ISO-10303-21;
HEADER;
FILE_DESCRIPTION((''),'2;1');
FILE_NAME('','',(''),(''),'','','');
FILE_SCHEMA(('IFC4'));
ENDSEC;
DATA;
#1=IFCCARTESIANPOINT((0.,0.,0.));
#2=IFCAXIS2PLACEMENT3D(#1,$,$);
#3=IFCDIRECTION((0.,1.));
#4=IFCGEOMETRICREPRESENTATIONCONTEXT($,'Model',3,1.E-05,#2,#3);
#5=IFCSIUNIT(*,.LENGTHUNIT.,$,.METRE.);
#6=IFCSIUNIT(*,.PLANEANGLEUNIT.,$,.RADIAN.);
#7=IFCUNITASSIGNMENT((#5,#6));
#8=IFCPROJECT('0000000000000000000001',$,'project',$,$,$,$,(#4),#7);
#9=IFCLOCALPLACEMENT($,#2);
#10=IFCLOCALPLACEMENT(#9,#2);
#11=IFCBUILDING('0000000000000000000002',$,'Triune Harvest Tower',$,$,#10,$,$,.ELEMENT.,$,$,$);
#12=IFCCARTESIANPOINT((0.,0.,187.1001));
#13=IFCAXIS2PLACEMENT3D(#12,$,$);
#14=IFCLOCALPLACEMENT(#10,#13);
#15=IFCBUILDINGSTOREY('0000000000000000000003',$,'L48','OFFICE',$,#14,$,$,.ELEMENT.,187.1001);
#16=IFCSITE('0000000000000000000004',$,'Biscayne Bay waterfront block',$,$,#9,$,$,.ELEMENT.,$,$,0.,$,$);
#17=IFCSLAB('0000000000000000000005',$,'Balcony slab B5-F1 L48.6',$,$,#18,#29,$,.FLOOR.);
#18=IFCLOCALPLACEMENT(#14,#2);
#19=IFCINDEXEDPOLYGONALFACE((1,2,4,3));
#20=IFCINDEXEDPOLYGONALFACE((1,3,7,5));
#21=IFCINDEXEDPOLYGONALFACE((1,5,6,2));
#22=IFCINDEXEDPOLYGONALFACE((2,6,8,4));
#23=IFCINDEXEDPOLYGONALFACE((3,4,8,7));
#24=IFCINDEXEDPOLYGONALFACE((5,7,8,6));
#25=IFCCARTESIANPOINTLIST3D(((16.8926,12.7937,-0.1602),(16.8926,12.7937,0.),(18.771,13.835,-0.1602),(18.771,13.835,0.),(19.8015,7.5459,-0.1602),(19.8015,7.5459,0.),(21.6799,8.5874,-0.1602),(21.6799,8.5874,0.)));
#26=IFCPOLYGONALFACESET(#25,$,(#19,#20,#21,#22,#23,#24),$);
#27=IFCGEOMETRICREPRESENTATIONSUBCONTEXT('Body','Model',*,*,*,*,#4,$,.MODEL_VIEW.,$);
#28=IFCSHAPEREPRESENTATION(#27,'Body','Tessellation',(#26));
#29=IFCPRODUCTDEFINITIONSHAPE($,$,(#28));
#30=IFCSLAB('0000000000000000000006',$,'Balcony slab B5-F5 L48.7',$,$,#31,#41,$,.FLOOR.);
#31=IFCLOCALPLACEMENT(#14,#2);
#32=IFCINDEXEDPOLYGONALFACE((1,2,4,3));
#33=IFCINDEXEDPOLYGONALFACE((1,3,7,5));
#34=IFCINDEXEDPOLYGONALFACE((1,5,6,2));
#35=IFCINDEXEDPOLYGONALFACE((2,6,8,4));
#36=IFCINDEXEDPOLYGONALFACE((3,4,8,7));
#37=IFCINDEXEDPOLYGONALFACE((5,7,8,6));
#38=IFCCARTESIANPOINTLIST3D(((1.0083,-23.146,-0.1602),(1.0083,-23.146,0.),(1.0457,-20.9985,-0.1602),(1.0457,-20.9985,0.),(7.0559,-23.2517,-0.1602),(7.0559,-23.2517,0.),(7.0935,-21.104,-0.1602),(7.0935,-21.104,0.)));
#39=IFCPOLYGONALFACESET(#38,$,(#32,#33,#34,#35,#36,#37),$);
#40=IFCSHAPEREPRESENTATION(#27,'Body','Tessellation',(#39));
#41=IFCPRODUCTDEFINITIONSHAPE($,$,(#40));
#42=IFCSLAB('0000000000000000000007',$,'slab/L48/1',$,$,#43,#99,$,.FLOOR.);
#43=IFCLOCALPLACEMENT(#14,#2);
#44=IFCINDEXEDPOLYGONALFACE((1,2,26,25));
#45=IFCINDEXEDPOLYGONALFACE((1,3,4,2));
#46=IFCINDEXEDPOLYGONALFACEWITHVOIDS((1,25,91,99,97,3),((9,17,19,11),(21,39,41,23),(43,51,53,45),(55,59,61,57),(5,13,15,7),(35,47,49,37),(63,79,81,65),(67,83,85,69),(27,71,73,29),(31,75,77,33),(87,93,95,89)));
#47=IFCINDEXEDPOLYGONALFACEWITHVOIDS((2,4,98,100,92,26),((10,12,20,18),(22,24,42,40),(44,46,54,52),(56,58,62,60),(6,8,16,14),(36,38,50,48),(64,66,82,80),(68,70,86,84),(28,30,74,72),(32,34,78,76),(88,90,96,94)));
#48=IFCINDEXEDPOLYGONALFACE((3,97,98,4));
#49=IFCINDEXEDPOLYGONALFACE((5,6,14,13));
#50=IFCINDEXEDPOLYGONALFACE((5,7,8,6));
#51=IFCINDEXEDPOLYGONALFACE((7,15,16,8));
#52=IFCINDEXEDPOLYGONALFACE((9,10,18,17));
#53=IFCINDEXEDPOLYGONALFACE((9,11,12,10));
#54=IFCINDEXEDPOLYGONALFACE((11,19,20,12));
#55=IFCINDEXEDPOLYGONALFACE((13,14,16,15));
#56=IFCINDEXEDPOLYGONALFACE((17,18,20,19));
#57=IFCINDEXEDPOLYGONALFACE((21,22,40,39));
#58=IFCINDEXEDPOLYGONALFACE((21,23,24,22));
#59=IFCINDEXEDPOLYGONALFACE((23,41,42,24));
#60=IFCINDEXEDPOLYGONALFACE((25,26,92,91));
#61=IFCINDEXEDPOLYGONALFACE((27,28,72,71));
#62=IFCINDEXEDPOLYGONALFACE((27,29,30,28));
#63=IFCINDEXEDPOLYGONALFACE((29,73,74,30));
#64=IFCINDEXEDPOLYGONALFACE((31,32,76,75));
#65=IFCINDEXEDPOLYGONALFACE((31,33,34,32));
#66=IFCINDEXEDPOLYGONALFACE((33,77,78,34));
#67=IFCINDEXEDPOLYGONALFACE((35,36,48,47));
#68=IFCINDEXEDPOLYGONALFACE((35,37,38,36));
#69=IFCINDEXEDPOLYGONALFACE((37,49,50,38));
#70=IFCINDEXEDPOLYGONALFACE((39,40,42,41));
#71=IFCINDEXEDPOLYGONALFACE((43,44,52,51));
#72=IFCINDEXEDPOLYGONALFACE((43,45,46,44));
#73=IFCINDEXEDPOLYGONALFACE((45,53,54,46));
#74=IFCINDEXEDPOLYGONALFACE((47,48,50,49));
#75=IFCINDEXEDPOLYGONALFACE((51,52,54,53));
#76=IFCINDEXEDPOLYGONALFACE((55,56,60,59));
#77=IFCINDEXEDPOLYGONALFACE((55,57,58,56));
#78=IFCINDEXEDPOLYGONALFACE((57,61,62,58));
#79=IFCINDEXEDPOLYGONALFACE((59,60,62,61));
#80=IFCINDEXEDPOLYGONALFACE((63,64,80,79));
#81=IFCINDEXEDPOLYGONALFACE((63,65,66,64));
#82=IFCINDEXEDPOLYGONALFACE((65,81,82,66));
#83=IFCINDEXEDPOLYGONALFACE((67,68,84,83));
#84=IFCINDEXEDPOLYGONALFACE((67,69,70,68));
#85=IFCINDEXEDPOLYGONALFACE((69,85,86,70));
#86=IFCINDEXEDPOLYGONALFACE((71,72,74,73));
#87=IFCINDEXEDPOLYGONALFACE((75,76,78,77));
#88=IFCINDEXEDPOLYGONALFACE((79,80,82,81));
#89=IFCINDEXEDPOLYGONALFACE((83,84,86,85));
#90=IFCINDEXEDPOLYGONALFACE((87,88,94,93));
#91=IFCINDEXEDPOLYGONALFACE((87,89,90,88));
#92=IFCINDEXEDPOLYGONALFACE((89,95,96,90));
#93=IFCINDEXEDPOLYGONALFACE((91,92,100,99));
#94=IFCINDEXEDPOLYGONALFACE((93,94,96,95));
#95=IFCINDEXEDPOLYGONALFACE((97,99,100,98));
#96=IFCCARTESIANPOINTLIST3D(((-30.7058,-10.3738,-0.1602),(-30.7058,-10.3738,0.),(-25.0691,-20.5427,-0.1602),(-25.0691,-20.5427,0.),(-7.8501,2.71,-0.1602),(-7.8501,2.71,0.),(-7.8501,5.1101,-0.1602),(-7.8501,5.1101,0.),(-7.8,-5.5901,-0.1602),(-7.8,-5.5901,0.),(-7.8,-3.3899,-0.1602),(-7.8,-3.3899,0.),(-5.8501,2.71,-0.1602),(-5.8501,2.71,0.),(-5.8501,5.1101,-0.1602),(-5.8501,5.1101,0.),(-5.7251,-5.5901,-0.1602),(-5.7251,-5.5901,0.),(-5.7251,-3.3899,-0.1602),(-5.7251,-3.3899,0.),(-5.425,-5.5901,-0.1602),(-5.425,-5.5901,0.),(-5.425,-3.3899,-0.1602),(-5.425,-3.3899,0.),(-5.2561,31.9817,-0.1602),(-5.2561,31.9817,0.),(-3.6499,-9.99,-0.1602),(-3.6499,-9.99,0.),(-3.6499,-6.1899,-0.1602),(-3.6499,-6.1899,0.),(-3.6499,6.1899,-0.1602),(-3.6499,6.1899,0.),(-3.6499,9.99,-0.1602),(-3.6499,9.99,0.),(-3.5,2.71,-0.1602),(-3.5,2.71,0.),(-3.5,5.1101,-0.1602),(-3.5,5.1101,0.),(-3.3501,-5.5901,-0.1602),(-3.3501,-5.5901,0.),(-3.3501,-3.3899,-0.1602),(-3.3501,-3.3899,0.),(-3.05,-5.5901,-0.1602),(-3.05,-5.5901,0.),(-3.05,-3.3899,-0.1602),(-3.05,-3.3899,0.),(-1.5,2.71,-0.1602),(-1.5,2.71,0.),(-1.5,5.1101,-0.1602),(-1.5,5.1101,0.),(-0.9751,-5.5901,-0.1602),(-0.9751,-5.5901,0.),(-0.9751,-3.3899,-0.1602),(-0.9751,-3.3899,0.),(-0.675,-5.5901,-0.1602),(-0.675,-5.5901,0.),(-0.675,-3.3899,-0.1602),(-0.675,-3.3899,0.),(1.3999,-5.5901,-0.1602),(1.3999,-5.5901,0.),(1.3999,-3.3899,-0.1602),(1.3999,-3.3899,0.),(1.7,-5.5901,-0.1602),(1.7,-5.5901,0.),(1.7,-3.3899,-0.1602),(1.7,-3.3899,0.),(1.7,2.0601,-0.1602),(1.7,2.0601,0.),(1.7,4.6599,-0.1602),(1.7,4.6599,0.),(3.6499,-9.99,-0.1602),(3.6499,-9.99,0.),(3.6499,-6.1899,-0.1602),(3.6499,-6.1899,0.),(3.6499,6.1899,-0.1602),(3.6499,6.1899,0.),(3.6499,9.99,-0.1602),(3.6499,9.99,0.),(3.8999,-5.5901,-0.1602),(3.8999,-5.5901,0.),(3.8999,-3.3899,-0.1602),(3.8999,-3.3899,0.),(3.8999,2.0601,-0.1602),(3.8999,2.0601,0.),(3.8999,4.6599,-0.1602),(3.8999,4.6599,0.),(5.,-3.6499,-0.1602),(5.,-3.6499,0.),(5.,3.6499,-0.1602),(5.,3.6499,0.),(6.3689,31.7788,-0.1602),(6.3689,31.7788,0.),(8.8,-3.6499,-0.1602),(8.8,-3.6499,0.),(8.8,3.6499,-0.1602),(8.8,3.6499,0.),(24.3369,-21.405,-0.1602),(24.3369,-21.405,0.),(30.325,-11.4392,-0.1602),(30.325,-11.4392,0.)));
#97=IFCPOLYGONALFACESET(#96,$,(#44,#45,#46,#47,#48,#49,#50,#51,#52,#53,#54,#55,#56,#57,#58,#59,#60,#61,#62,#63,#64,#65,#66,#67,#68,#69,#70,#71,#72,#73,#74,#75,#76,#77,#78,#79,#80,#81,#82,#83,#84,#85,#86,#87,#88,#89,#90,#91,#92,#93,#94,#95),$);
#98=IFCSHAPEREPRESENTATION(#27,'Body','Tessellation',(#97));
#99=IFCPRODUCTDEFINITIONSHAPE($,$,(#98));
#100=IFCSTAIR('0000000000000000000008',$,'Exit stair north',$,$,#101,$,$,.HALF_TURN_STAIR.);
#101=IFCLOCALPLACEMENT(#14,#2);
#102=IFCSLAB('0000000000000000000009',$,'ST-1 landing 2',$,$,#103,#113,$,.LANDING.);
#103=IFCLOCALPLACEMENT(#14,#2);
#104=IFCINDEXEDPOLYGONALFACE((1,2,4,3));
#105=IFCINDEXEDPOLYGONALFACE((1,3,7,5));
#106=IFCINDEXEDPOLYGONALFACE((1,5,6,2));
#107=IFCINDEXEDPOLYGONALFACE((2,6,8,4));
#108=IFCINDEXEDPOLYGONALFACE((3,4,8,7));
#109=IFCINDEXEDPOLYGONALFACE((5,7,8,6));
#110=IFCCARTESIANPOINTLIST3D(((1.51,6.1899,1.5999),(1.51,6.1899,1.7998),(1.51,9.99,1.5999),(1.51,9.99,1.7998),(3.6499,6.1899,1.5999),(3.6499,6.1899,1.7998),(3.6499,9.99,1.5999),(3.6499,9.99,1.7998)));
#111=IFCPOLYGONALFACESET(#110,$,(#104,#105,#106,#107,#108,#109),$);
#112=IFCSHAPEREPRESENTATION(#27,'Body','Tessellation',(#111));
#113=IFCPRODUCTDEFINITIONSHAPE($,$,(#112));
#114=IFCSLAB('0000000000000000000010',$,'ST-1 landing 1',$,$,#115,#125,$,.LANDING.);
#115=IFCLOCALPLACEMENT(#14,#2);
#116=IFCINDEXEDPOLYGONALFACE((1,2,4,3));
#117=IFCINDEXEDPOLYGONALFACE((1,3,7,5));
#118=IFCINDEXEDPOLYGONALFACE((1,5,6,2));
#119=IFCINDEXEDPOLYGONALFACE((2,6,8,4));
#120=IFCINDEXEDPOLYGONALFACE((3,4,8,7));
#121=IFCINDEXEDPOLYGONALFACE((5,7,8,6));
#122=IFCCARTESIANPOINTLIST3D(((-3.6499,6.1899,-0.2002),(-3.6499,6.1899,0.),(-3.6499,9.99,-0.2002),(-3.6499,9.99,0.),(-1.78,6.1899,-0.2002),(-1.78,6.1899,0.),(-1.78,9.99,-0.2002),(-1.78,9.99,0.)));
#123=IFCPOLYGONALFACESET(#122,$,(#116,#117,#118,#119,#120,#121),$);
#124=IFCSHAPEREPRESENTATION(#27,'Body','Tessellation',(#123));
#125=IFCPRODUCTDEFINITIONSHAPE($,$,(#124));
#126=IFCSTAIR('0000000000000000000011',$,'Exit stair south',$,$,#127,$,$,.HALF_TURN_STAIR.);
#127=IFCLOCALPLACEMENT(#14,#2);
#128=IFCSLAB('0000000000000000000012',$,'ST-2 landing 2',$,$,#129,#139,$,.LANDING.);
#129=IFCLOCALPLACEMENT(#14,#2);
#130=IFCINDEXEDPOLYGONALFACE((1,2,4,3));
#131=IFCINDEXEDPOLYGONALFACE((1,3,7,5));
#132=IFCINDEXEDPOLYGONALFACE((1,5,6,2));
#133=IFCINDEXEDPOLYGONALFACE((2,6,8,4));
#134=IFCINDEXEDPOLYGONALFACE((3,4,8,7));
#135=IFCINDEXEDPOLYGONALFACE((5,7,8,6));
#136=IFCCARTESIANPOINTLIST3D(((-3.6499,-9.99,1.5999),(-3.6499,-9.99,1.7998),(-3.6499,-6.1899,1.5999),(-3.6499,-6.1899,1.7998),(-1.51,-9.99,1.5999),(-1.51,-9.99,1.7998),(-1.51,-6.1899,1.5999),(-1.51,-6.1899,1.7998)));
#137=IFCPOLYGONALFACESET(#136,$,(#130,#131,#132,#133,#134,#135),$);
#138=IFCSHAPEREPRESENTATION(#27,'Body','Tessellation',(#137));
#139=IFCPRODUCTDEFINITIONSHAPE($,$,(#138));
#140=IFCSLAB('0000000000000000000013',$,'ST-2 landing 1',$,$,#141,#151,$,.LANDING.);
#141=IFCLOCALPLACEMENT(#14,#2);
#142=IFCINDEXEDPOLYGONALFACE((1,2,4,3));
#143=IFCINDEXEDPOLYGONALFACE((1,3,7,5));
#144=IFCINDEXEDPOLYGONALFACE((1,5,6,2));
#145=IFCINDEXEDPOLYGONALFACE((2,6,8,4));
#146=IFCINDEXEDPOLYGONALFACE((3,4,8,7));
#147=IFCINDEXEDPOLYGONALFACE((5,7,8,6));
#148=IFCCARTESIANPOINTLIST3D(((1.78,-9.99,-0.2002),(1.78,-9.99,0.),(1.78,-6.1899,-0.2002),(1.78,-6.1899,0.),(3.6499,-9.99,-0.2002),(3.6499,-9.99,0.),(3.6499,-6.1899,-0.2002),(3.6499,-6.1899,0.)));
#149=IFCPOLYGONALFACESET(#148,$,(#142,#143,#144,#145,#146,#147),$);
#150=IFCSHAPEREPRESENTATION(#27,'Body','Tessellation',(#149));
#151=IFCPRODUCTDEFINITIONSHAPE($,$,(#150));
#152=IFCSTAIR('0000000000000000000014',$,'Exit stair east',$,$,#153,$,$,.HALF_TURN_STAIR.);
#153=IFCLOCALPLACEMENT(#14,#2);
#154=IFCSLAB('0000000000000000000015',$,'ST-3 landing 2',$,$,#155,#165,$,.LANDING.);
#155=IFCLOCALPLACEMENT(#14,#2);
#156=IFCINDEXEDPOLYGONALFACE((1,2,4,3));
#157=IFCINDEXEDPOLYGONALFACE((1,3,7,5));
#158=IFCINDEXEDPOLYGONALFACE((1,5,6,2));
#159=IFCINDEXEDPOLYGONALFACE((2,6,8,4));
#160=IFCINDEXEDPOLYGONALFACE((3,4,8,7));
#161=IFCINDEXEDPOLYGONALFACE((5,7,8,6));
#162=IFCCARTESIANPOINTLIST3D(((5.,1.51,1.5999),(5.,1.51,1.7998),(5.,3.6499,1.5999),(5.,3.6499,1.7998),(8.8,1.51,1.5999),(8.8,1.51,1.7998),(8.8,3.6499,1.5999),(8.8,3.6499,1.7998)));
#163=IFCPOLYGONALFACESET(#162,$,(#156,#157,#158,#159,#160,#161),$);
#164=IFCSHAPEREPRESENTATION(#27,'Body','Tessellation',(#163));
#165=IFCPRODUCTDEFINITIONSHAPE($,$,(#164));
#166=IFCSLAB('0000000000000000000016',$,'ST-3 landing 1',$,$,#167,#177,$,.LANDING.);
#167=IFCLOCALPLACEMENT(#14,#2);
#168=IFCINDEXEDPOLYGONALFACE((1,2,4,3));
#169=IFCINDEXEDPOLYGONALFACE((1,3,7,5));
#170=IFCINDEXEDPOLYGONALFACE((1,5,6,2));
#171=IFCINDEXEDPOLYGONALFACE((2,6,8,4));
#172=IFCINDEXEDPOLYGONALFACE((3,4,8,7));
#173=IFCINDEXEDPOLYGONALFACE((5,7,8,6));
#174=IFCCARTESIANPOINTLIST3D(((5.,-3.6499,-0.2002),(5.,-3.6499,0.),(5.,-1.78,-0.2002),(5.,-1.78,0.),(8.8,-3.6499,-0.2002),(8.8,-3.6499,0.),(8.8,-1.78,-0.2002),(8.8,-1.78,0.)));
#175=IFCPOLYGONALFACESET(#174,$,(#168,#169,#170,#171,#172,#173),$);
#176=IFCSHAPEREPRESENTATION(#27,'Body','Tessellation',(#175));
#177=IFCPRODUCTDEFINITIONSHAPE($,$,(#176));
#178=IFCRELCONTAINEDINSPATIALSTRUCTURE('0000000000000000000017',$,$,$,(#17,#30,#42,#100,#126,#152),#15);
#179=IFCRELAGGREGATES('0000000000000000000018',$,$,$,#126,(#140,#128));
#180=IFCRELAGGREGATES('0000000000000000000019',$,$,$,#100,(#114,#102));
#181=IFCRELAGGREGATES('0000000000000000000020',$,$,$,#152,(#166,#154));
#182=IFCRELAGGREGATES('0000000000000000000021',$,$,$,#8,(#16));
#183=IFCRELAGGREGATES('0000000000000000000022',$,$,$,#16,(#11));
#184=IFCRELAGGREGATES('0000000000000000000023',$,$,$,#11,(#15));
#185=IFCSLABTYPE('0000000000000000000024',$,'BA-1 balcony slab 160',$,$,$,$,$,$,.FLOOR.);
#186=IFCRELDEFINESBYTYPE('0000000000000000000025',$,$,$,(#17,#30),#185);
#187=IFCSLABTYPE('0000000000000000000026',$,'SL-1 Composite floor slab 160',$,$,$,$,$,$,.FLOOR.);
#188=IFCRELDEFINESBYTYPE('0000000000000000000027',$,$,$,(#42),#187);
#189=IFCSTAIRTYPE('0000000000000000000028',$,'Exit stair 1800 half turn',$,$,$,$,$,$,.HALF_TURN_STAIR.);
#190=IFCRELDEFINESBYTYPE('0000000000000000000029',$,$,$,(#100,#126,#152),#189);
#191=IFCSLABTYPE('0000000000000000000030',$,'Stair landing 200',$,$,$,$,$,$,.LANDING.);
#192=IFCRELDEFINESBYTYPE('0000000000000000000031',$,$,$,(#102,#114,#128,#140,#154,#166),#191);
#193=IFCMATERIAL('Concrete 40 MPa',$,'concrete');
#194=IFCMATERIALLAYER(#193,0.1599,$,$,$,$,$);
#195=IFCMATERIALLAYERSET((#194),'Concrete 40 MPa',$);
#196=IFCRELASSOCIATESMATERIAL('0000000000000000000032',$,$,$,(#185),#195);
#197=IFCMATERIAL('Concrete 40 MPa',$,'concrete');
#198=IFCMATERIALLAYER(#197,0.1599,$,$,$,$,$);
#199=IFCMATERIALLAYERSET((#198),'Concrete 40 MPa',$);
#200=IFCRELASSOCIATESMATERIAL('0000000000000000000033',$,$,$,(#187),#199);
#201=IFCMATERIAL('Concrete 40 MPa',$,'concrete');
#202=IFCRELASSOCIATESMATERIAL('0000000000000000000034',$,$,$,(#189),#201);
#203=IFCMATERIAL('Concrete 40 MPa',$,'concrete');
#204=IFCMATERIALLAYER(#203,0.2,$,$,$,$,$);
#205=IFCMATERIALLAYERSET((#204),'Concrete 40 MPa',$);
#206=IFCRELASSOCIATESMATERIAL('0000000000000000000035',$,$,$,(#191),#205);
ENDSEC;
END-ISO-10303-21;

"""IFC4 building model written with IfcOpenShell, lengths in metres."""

from ifc_helpers import new_model, si_unit, direction, frame, origin, place, context, subcontext, project, spatial, polyline, outline, extrude, source, transform, mapped, material, layer, layer_set, type_object, element, aggregate, save


model = new_model("IFC4")

# Units and contexts
model_context = context("Model", 3, precision=1e-05, world=origin(), true_north=direction((0.0, 1.0)))
body_context = subcontext(model_context, "Body", "Model", "MODEL_VIEW")
ifc_project = project(units=[si_unit("LENGTHUNIT", "METRE"), si_unit("PLANEANGLEUNIT", "RADIAN")], contexts=[model_context])

# Site, building, storey
site_placement = place(None, origin())
site = spatial("IfcSite", under=ifc_project, at=site_placement, Name="Biscayne Bay waterfront block", CompositionType="ELEMENT", RefElevation=0.0)
building_placement = place(site_placement, origin())
building = spatial("IfcBuilding", under=site, at=building_placement, Name="Triune Harvest Tower", CompositionType="ELEMENT")
storey_placement = place(building_placement, frame((0.0, 0.0, 187.1001)))
storey = spatial("IfcBuildingStorey", under=building, at=storey_placement, Name="L48", Description="OFFICE", CompositionType="ELEMENT", Elevation=187.1001)

# Slabs
ifc_material_1 = material(Name="Concrete 40 MPa", Category="concrete")
ifc_layer_1 = layer(ifc_material_1, 0.1599)
ifc_layer_set_1 = layer_set([ifc_layer_1], Name="Concrete 40 MPa")
slab_type_1 = type_object("IfcSlabType", Name="BA-1 balcony slab 160", PredefinedType="FLOOR", material=ifc_layer_set_1)
slab_1_placement = place(storey_placement, frame((0.0, 0.0, -0.1602)))
element("IfcSlab", 1, at=slab_1_placement, inside=storey, type_object=slab_type_1, Name="Balcony slab B5-F1 L48.6", PredefinedType="FLOOR", context=body_context, shape_type="SweptSolid", body=[
    extrude(outline(polyline([(19.8015, 7.5459), (16.8926, 12.7937), (18.771, 13.835), (21.6799, 8.5874), (19.8015, 7.5459)])), origin(), (0.0, 0.0, 1.0), 0.1602),
])
slab_2_placement = place(storey_placement, frame((0.0, 0.0, -0.1602)))
element("IfcSlab", 2, at=slab_2_placement, inside=storey, type_object=slab_type_1, Name="Balcony slab B5-F5 L48.7", PredefinedType="FLOOR", context=body_context, shape_type="SweptSolid", body=[
    extrude(outline(polyline([(1.0457, -20.9985), (7.0935, -21.104), (7.0559, -23.2517), (1.0083, -23.146), (1.0457, -20.9985)])), origin(), (0.0, 0.0, 1.0), 0.1602),
])
ifc_material_2 = material(Name="Concrete 40 MPa", Category="concrete")
ifc_layer_2 = layer(ifc_material_2, 0.1599)
ifc_layer_set_2 = layer_set([ifc_layer_2], Name="Concrete 40 MPa")
slab_type_2 = type_object("IfcSlabType", Name="SL-1 Composite floor slab 160", PredefinedType="FLOOR", material=ifc_layer_set_2)
shared_shape_1 = source(origin(), body_context, "Body", "SweptSolid", [
    extrude(outline(polyline([(30.325, -11.4392), (6.3689, 31.7788), (-5.2561, 31.9817), (-30.7058, -10.3738), (-25.0691, -20.5427), (24.3369, -21.405), (30.325, -11.4392)]), holes=[polyline([(-5.7251, -5.5901), (-5.7251, -3.3899), (-7.8, -3.3899), (-7.8, -5.5901), (-5.7251, -5.5901)]), polyline([(-3.3501, -5.5901), (-3.3501, -3.3899), (-5.425, -3.3899), (-5.425, -5.5901), (-3.3501, -5.5901)]), polyline([(-0.9751, -5.5901), (-0.9751, -3.3899), (-3.05, -3.3899), (-3.05, -5.5901), (-0.9751, -5.5901)]), polyline([(1.3999, -5.5901), (1.3999, -3.3899), (-0.675, -3.3899), (-0.675, -5.5901), (1.3999, -5.5901)]), polyline([(3.8999, 2.0601), (3.8999, 4.6599), (1.7, 4.6599), (1.7, 2.0601), (3.8999, 2.0601)]), polyline([(3.8999, -5.5901), (3.8999, -3.3899), (1.7, -3.3899), (1.7, -5.5901), (3.8999, -5.5901)]), polyline([(-5.8501, 2.71), (-5.8501, 5.1101), (-7.8501, 5.1101), (-7.8501, 2.71), (-5.8501, 2.71)]), polyline([(-1.5, 2.71), (-1.5, 5.1101), (-3.5, 5.1101), (-3.5, 2.71), (-1.5, 2.71)]), polyline([(3.6499, 6.1899), (3.6499, 9.99), (-3.6499, 9.99), (-3.6499, 6.1899), (3.6499, 6.1899)]), polyline([(3.6499, -9.99), (3.6499, -6.1899), (-3.6499, -6.1899), (-3.6499, -9.99), (3.6499, -9.99)]), polyline([(8.8, -3.6499), (8.8, 3.6499), (5.0, 3.6499), (5.0, -3.6499), (8.8, -3.6499)])]), origin(), (0.0, 0.0, 1.0), 0.1602),
])
slab_3_placement = place(storey_placement, frame((0.0, 0.0, -0.1602)))
element("IfcSlab", 3, at=slab_3_placement, inside=storey, type_object=slab_type_2, Name="slab/L48/1", PredefinedType="FLOOR", context=body_context, shape_type="MappedRepresentation", body=[
    mapped(shared_shape_1, transform((0.0, 0.0, 0.0), scale=1.0)),
])

# Stairs, slabs
ifc_material_3 = material(Name="Concrete 40 MPa", Category="concrete")
stair_type = type_object("IfcStairType", Name="Exit stair 1800 half turn", PredefinedType="HALF_TURN_STAIR", material=ifc_material_3)
stair_1_placement = place(storey_placement, origin())
stair_1 = element("IfcStair", 4, at=stair_1_placement, inside=storey, type_object=stair_type, Name="Exit stair north", PredefinedType="HALF_TURN_STAIR")
ifc_material_4 = material(Name="Concrete 40 MPa", Category="concrete")
ifc_layer_3 = layer(ifc_material_4, 0.2)
ifc_layer_set_3 = layer_set([ifc_layer_3], Name="Concrete 40 MPa")
slab_type_3 = type_object("IfcSlabType", Name="Stair landing 200", PredefinedType="LANDING", material=ifc_layer_set_3)
shared_shape_2 = source(origin(), body_context, "Body", "SweptSolid", [
    extrude(outline(polyline([(1.51, 6.1899), (3.6499, 6.1899), (3.6499, 9.99), (1.51, 9.99), (1.51, 6.1899)])), origin(), (0.0, 0.0, 1.0), 0.2),
])
slab_4_placement = place(storey_placement, frame((0.0, 0.0, 1.5999)))
slab_4 = element("IfcSlab", 5, at=slab_4_placement, type_object=slab_type_3, Name="ST-1 landing 2", PredefinedType="LANDING", context=body_context, shape_type="MappedRepresentation", body=[
    mapped(shared_shape_2, transform((0.0, 0.0, 0.0), scale=1.0)),
])
shared_shape_3 = source(origin(), body_context, "Body", "SweptSolid", [
    extrude(outline(polyline([(-3.6499, 6.1899), (-1.78, 6.1899), (-1.78, 9.99), (-3.6499, 9.99), (-3.6499, 6.1899)])), origin(), (0.0, 0.0, 1.0), 0.2002),
])
slab_5_placement = place(storey_placement, frame((0.0, 0.0, -0.2002)))
slab_5 = element("IfcSlab", 6, at=slab_5_placement, type_object=slab_type_3, Name="ST-1 landing 1", PredefinedType="LANDING", context=body_context, shape_type="MappedRepresentation", body=[
    mapped(shared_shape_3, transform((0.0, 0.0, 0.0), scale=1.0)),
])
stair_2_placement = place(storey_placement, origin())
stair_2 = element("IfcStair", 7, at=stair_2_placement, inside=storey, type_object=stair_type, Name="Exit stair south", PredefinedType="HALF_TURN_STAIR")
shared_shape_4 = source(origin(), body_context, "Body", "SweptSolid", [
    extrude(outline(polyline([(-1.51, -6.1899), (-3.6499, -6.1899), (-3.6499, -9.99), (-1.51, -9.99), (-1.51, -6.1899)])), origin(), (0.0, 0.0, 1.0), 0.2),
])
slab_6_placement = place(storey_placement, frame((0.0, 0.0, 1.5999)))
slab_6 = element("IfcSlab", 8, at=slab_6_placement, type_object=slab_type_3, Name="ST-2 landing 2", PredefinedType="LANDING", context=body_context, shape_type="MappedRepresentation", body=[
    mapped(shared_shape_4, transform((0.0, 0.0, 0.0), scale=1.0)),
])
shared_shape_5 = source(origin(), body_context, "Body", "SweptSolid", [
    extrude(outline(polyline([(3.6499, -6.1899), (1.78, -6.1899), (1.78, -9.99), (3.6499, -9.99), (3.6499, -6.1899)])), origin(), (0.0, 0.0, 1.0), 0.2002),
])
slab_7_placement = place(storey_placement, frame((0.0, 0.0, -0.2002)))
slab_7 = element("IfcSlab", 9, at=slab_7_placement, type_object=slab_type_3, Name="ST-2 landing 1", PredefinedType="LANDING", context=body_context, shape_type="MappedRepresentation", body=[
    mapped(shared_shape_5, transform((0.0, 0.0, 0.0), scale=1.0)),
])
aggregate(stair_2, [slab_7, slab_6])
stair_3_placement = place(storey_placement, origin())
stair_3 = element("IfcStair", 10, at=stair_3_placement, inside=storey, type_object=stair_type, Name="Exit stair east", PredefinedType="HALF_TURN_STAIR")
shared_shape_6 = source(origin(), body_context, "Body", "SweptSolid", [
    extrude(outline(polyline([(8.8, 1.51), (8.8, 3.6499), (5.0, 3.6499), (5.0, 1.51), (8.8, 1.51)])), origin(), (0.0, 0.0, 1.0), 0.2),
])
slab_8_placement = place(storey_placement, frame((0.0, 0.0, 1.5999)))
slab_8 = element("IfcSlab", 11, at=slab_8_placement, type_object=slab_type_3, Name="ST-3 landing 2", PredefinedType="LANDING", context=body_context, shape_type="MappedRepresentation", body=[
    mapped(shared_shape_6, transform((0.0, 0.0, 0.0), scale=1.0)),
])
shared_shape_7 = source(origin(), body_context, "Body", "SweptSolid", [
    extrude(outline(polyline([(8.8, -3.6499), (8.8, -1.78), (5.0, -1.78), (5.0, -3.6499), (8.8, -3.6499)])), origin(), (0.0, 0.0, 1.0), 0.2002),
])
slab_9_placement = place(storey_placement, frame((0.0, 0.0, -0.2002)))
slab_9 = element("IfcSlab", 12, at=slab_9_placement, type_object=slab_type_3, Name="ST-3 landing 1", PredefinedType="LANDING", context=body_context, shape_type="MappedRepresentation", body=[
    mapped(shared_shape_7, transform((0.0, 0.0, 0.0), scale=1.0)),
])

aggregate(stair_1, [slab_5, slab_4])
aggregate(stair_3, [slab_9, slab_8])

save(model, "model.ifc")
